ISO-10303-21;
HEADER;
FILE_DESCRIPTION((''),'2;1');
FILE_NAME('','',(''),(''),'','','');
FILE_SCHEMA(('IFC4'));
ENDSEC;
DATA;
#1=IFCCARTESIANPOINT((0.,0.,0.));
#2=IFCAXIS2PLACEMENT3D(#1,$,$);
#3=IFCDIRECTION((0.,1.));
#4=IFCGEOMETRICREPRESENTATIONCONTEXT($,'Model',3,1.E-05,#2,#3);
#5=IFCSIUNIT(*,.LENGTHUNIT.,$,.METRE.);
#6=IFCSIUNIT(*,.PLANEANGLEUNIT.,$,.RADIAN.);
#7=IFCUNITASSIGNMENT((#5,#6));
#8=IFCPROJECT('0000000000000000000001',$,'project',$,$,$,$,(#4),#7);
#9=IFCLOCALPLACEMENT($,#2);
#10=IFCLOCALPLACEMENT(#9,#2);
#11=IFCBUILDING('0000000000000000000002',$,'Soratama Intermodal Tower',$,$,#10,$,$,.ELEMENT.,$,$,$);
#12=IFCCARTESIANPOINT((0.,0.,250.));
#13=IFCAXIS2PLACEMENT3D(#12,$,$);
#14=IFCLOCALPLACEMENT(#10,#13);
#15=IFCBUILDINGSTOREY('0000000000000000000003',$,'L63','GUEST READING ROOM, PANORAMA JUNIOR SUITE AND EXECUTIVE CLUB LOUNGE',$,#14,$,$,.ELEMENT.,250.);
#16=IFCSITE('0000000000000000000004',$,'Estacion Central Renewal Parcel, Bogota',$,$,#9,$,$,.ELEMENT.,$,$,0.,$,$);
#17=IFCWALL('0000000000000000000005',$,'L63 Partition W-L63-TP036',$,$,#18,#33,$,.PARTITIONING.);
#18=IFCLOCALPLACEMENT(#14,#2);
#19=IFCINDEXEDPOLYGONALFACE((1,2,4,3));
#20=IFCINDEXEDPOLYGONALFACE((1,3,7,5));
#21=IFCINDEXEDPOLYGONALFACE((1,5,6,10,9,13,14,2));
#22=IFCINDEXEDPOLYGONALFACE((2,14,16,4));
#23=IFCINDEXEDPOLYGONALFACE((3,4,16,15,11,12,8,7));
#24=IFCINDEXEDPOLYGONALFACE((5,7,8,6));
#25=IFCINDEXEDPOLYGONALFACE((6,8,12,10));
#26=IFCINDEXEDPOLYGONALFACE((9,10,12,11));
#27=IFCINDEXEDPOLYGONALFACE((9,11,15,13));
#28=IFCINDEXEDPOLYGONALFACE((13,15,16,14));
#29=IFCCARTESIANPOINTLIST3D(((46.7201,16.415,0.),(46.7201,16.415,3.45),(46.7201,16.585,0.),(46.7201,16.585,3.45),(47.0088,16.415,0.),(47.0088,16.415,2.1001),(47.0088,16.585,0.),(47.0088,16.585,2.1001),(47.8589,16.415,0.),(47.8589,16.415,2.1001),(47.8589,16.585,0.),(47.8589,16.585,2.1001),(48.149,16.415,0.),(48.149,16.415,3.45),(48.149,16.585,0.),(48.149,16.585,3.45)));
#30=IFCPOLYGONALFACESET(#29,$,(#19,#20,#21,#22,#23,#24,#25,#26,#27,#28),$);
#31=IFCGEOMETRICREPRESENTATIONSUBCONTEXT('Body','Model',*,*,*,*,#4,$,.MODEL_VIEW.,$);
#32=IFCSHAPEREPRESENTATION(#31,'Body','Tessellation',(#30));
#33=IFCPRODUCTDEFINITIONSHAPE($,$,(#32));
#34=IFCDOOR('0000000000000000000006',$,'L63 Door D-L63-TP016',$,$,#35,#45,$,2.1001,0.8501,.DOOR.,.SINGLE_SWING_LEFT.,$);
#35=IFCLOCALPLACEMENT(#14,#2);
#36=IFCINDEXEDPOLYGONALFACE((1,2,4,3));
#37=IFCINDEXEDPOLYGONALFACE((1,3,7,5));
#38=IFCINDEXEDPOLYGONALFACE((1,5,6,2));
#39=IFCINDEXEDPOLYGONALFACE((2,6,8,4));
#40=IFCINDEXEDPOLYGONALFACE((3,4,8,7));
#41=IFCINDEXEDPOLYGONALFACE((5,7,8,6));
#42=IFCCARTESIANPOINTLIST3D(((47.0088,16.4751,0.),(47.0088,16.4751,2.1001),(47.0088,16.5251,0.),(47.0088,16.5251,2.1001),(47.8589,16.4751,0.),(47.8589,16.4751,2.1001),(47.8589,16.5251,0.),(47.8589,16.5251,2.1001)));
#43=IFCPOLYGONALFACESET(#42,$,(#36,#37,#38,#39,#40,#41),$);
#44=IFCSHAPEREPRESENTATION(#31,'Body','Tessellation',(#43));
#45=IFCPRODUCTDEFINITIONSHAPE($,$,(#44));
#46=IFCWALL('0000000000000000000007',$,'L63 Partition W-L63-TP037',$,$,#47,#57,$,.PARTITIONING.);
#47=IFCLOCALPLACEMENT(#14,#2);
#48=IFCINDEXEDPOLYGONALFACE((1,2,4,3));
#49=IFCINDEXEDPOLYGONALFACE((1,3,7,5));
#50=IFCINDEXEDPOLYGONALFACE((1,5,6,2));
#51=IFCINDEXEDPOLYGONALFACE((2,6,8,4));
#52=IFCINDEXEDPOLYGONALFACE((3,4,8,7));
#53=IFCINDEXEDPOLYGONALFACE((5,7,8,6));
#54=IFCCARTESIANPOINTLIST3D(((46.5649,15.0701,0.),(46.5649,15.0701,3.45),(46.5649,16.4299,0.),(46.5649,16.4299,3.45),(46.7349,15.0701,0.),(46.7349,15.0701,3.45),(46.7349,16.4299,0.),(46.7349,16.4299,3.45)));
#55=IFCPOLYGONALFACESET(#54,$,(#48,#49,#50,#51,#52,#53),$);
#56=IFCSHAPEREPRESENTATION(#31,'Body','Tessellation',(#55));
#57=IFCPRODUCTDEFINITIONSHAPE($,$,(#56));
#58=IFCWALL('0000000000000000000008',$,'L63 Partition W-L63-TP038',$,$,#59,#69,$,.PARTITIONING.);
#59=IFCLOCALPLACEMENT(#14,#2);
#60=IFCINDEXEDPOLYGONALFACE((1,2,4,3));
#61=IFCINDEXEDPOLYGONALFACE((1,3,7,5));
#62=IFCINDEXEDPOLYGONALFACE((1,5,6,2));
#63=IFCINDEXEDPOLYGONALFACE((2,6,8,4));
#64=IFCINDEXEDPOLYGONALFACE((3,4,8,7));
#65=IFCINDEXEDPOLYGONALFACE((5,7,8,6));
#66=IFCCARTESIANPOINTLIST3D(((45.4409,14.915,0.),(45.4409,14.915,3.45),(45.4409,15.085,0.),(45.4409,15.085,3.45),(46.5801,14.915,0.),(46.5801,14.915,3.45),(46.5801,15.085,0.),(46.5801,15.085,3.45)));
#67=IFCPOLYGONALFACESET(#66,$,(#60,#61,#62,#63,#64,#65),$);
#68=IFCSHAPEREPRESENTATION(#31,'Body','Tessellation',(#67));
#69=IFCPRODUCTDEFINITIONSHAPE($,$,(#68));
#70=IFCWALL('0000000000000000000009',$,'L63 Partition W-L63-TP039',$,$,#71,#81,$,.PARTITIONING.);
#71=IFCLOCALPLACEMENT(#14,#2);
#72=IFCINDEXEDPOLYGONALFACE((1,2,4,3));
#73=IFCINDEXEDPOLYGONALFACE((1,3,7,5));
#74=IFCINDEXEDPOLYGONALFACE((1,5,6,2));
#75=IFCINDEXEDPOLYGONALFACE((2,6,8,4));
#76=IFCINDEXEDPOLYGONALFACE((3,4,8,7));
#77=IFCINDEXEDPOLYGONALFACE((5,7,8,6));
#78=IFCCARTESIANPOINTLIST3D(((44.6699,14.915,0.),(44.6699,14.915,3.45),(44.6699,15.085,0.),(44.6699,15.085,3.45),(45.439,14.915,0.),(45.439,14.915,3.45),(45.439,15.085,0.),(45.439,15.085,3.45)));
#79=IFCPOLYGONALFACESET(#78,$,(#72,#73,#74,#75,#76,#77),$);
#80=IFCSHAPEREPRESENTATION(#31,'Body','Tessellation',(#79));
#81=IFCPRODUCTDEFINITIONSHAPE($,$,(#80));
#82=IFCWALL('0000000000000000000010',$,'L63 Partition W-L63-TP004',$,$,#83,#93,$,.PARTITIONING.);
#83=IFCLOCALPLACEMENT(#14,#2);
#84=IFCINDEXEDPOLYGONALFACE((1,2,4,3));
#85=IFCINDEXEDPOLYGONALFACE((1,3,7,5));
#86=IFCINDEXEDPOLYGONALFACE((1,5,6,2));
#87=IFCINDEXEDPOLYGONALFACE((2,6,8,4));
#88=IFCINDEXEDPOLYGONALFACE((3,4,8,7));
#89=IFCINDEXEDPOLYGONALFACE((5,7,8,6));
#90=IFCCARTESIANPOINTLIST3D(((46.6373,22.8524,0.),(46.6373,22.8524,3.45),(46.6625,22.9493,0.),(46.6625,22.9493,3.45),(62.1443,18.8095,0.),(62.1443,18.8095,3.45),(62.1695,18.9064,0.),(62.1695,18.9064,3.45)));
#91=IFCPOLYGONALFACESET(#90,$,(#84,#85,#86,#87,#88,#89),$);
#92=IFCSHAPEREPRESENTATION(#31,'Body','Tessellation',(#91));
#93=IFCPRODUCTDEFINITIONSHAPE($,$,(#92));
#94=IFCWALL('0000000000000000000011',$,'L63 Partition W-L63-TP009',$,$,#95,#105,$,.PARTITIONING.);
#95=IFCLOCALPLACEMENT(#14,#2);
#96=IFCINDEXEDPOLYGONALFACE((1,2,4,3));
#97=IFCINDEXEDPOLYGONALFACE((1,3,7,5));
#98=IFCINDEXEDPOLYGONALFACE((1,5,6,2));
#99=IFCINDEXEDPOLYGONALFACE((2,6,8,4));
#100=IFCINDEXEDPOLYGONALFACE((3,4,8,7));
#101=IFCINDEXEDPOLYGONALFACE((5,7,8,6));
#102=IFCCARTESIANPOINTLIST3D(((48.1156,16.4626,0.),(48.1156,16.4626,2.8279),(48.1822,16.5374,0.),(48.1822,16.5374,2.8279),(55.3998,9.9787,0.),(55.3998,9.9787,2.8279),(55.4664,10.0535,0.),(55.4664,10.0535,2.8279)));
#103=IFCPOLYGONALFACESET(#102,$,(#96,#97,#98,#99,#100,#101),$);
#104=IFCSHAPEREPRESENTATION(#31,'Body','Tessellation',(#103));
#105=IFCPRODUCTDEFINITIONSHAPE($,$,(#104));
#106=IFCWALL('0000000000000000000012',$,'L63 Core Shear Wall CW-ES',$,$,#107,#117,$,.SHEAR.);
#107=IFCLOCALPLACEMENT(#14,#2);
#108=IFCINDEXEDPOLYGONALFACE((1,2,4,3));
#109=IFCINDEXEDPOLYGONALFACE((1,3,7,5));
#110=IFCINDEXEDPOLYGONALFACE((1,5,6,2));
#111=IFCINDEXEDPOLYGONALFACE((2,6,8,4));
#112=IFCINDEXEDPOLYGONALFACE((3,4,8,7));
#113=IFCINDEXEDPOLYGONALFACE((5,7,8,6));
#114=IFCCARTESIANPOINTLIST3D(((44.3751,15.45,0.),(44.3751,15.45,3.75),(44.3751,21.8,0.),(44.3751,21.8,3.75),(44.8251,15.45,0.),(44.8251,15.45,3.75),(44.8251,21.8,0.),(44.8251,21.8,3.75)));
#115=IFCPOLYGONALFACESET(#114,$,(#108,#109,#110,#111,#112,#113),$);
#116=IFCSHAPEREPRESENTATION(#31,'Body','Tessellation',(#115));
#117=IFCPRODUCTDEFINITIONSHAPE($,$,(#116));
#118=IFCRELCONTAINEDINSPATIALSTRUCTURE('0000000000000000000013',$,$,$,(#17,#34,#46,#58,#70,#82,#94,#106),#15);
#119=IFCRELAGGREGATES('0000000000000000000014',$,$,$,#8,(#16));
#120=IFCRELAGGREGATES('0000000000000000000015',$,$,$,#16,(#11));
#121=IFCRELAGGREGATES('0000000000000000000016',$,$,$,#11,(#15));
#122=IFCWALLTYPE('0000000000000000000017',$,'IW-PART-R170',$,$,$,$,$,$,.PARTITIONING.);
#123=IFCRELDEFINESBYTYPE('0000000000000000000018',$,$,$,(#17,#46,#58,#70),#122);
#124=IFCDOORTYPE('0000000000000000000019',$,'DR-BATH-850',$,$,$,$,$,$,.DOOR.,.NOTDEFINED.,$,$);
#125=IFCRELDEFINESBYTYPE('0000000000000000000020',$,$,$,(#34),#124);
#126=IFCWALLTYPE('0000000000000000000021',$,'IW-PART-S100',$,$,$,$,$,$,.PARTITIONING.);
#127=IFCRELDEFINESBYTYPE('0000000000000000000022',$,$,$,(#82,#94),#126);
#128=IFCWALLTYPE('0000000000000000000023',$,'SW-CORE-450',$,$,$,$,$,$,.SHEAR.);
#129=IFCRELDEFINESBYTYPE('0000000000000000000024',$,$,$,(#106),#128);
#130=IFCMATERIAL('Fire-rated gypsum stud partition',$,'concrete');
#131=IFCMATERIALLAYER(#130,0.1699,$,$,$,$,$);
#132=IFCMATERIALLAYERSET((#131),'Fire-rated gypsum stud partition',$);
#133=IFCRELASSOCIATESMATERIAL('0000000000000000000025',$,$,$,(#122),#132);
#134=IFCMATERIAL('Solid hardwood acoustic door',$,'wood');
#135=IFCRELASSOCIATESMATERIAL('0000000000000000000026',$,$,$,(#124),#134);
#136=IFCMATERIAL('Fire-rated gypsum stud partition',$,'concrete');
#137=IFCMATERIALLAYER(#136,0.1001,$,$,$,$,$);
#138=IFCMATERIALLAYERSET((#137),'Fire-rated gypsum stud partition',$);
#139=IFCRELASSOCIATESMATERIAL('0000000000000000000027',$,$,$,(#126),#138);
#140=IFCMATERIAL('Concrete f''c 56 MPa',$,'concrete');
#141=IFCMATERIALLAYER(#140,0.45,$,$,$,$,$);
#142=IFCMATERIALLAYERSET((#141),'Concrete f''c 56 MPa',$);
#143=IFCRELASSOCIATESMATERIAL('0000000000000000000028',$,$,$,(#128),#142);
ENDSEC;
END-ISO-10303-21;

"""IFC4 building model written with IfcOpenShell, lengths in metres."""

from ifc_helpers import new_model, si_unit, direction, frame, frame_2d, origin, place, context, subcontext, project, spatial, rectangle, extrude, material, layer, layer_set, type_object, element, fill, save


model = new_model("IFC4")

# Units and contexts
model_context = context("Model", 3, precision=1e-05, world=origin(), true_north=direction((0.0, 1.0)))
body_context = subcontext(model_context, "Body", "Model", "MODEL_VIEW")
ifc_project = project(units=[si_unit("LENGTHUNIT", "METRE"), si_unit("PLANEANGLEUNIT", "RADIAN")], contexts=[model_context])

# Site, building, storey
site_placement = place(None, origin())
site = spatial("IfcSite", under=ifc_project, at=site_placement, Name="Estacion Central Renewal Parcel, Bogota", CompositionType="ELEMENT", RefElevation=0.0)
building_placement = place(site_placement, origin())
building = spatial("IfcBuilding", under=site, at=building_placement, Name="Soratama Intermodal Tower", CompositionType="ELEMENT")
storey_placement = place(building_placement, frame((0.0, 0.0, 250.0)))
storey = spatial("IfcBuildingStorey", under=building, at=storey_placement, Name="L63", Description="GUEST READING ROOM, PANORAMA JUNIOR SUITE AND EXECUTIVE CLUB LOUNGE", CompositionType="ELEMENT", Elevation=250.0)

# Wall, opening, door
ifc_material_1 = material(Name="Fire-rated gypsum stud partition", Category="concrete")
ifc_layer_1 = layer(ifc_material_1, 0.1699)
ifc_layer_set_1 = layer_set([ifc_layer_1], Name="Fire-rated gypsum stud partition")
wall_type_1 = type_object("IfcWallType", Name="IW-PART-R170", PredefinedType="PARTITIONING", material=ifc_layer_set_1)
wall_1_placement = place(storey_placement, frame((48.1489, 16.5, 0.0), z_axis=(0.0, 0.0, 1.0), x_axis=(-1.0, 0.0, 0.0)))
wall_1 = element("IfcWall", 1, at=wall_1_placement, inside=storey, type_object=wall_type_1, Name="L63 Partition W-L63-TP036", PredefinedType="PARTITIONING", context=body_context, shape_type="SweptSolid", body=[
    extrude(rectangle(XDim=1.429, YDim=0.1699, at=frame_2d((0.7144, 0.0))), origin(), (0.0, 0.0, 1.0), 3.45),
])
opening_1_placement = place(wall_1_placement, frame((0.29, 0.0, 0.0)))
opening_1 = element("IfcOpeningElement", 2, at=opening_1_placement, cuts=wall_1, PredefinedType="OPENING", context=body_context, shape_type="SweptSolid", body=[
    extrude(rectangle(XDim=0.8501, YDim=2.1001, at=frame_2d((0.425, 1.05))), frame((0.0, 0.095, 0.0), z_axis=(0.0, -1.0, 0.0), x_axis=(1.0, 0.0, 0.0)), (0.0, 0.0, 1.0), 0.1899),
])
ifc_material_2 = material(Name="Solid hardwood acoustic door", Category="wood")
door_type_1 = type_object("IfcDoorType", Name="DR-BATH-850", OperationType="NOTDEFINED", PredefinedType="DOOR", material=ifc_material_2)
door_1_placement = place(opening_1_placement, origin())
door_1 = element("IfcDoor", 3, at=door_1_placement, inside=storey, type_object=door_type_1, Name="L63 Door D-L63-TP016", OperationType="SINGLE_SWING_LEFT", OverallHeight=2.1001, OverallWidth=0.8501, PredefinedType="DOOR", context=body_context, shape_type="SweptSolid", body=[
    extrude(rectangle(XDim=0.8501, YDim=2.1001, at=frame_2d((0.425, 1.05))), frame((0.0, 0.0249, 0.0), z_axis=(0.0, -1.0, 0.0), x_axis=(1.0, 0.0, 0.0)), (0.0, 0.0, 1.0), 0.05),
])
fill(opening_1, door_1)

# Walls
wall_2_placement = place(storey_placement, frame((46.6499, 16.4299, 0.0), z_axis=(0.0, 0.0, 1.0), x_axis=(0.0, -1.0, 0.0)))
element("IfcWall", 4, at=wall_2_placement, inside=storey, type_object=wall_type_1, Name="L63 Partition W-L63-TP037", PredefinedType="PARTITIONING", context=body_context, shape_type="SweptSolid", body=[
    extrude(rectangle(XDim=1.3599, YDim=0.1699, at=frame_2d((0.6799, 0.0))), origin(), (0.0, 0.0, 1.0), 3.45),
])
wall_3_placement = place(storey_placement, frame((46.5801, 15.0, 0.0), z_axis=(0.0, 0.0, 1.0), x_axis=(-1.0, 0.0, 0.0)))
element("IfcWall", 5, at=wall_3_placement, inside=storey, type_object=wall_type_1, Name="L63 Partition W-L63-TP038", PredefinedType="PARTITIONING", context=body_context, shape_type="SweptSolid", body=[
    extrude(rectangle(XDim=1.1392, YDim=0.1699, at=frame_2d((0.5696, 0.0))), origin(), (0.0, 0.0, 1.0), 3.45),
])
wall_4_placement = place(storey_placement, frame((45.439, 15.0, 0.0), z_axis=(0.0, 0.0, 1.0), x_axis=(-1.0, 0.0, 0.0)))
element("IfcWall", 6, at=wall_4_placement, inside=storey, type_object=wall_type_1, Name="L63 Partition W-L63-TP039", PredefinedType="PARTITIONING", context=body_context, shape_type="SweptSolid", body=[
    extrude(rectangle(XDim=0.769, YDim=0.1699, at=frame_2d((0.3845, 0.0))), origin(), (0.0, 0.0, 1.0), 3.45),
])
ifc_material_3 = material(Name="Fire-rated gypsum stud partition", Category="concrete")
ifc_layer_2 = layer(ifc_material_3, 0.1001)
ifc_layer_set_2 = layer_set([ifc_layer_2], Name="Fire-rated gypsum stud partition")
wall_type_2 = type_object("IfcWallType", Name="IW-PART-S100", PredefinedType="PARTITIONING", material=ifc_layer_set_2)
wall_5_placement = place(storey_placement, frame((46.6499, 22.9009, 0.0), z_axis=(0.0, 0.0, 1.0), x_axis=(0.967653, -0.252284, 0.0)))
element("IfcWall", 7, at=wall_5_placement, inside=storey, type_object=wall_type_2, Name="L63 Partition W-L63-TP004", PredefinedType="PARTITIONING", context=body_context, shape_type="SweptSolid", body=[
    extrude(rectangle(XDim=16.0254, YDim=0.1001, at=frame_2d((8.0127, 0.0))), origin(), (0.0, 0.0, 1.0), 3.45),
])
wall_6_placement = place(storey_placement, frame((48.1489, 16.5, 0.0), z_axis=(0.0, 0.0, 1.0), x_axis=(0.746948, -0.664883, 0.0)))
element("IfcWall", 8, at=wall_6_placement, inside=storey, type_object=wall_type_2, Name="L63 Partition W-L63-TP009", PredefinedType="PARTITIONING", context=body_context, shape_type="SweptSolid", body=[
    extrude(rectangle(XDim=9.752, YDim=0.1001, at=frame_2d((4.876, 0.0))), origin(), (0.0, 0.0, 1.0), 2.8279),
])
ifc_material_4 = material(Name="Concrete f'c 56 MPa", Category="concrete")
ifc_layer_3 = layer(ifc_material_4, 0.45)
ifc_layer_set_3 = layer_set([ifc_layer_3], Name="Concrete f'c 56 MPa")
wall_type_3 = type_object("IfcWallType", Name="SW-CORE-450", PredefinedType="SHEAR", material=ifc_layer_set_3)
wall_7_placement = place(storey_placement, frame((44.6001, 15.45, 0.0), z_axis=(0.0, 0.0, 1.0), x_axis=(0.0, 1.0, 0.0)))
element("IfcWall", 9, at=wall_7_placement, inside=storey, type_object=wall_type_3, Name="L63 Core Shear Wall CW-ES", PredefinedType="SHEAR", context=body_context, shape_type="SweptSolid", body=[
    extrude(rectangle(XDim=6.3501, YDim=0.45, at=frame_2d((3.175, 0.0))), origin(), (0.0, 0.0, 1.0), 3.75),
])

save(model, "model.ifc")
